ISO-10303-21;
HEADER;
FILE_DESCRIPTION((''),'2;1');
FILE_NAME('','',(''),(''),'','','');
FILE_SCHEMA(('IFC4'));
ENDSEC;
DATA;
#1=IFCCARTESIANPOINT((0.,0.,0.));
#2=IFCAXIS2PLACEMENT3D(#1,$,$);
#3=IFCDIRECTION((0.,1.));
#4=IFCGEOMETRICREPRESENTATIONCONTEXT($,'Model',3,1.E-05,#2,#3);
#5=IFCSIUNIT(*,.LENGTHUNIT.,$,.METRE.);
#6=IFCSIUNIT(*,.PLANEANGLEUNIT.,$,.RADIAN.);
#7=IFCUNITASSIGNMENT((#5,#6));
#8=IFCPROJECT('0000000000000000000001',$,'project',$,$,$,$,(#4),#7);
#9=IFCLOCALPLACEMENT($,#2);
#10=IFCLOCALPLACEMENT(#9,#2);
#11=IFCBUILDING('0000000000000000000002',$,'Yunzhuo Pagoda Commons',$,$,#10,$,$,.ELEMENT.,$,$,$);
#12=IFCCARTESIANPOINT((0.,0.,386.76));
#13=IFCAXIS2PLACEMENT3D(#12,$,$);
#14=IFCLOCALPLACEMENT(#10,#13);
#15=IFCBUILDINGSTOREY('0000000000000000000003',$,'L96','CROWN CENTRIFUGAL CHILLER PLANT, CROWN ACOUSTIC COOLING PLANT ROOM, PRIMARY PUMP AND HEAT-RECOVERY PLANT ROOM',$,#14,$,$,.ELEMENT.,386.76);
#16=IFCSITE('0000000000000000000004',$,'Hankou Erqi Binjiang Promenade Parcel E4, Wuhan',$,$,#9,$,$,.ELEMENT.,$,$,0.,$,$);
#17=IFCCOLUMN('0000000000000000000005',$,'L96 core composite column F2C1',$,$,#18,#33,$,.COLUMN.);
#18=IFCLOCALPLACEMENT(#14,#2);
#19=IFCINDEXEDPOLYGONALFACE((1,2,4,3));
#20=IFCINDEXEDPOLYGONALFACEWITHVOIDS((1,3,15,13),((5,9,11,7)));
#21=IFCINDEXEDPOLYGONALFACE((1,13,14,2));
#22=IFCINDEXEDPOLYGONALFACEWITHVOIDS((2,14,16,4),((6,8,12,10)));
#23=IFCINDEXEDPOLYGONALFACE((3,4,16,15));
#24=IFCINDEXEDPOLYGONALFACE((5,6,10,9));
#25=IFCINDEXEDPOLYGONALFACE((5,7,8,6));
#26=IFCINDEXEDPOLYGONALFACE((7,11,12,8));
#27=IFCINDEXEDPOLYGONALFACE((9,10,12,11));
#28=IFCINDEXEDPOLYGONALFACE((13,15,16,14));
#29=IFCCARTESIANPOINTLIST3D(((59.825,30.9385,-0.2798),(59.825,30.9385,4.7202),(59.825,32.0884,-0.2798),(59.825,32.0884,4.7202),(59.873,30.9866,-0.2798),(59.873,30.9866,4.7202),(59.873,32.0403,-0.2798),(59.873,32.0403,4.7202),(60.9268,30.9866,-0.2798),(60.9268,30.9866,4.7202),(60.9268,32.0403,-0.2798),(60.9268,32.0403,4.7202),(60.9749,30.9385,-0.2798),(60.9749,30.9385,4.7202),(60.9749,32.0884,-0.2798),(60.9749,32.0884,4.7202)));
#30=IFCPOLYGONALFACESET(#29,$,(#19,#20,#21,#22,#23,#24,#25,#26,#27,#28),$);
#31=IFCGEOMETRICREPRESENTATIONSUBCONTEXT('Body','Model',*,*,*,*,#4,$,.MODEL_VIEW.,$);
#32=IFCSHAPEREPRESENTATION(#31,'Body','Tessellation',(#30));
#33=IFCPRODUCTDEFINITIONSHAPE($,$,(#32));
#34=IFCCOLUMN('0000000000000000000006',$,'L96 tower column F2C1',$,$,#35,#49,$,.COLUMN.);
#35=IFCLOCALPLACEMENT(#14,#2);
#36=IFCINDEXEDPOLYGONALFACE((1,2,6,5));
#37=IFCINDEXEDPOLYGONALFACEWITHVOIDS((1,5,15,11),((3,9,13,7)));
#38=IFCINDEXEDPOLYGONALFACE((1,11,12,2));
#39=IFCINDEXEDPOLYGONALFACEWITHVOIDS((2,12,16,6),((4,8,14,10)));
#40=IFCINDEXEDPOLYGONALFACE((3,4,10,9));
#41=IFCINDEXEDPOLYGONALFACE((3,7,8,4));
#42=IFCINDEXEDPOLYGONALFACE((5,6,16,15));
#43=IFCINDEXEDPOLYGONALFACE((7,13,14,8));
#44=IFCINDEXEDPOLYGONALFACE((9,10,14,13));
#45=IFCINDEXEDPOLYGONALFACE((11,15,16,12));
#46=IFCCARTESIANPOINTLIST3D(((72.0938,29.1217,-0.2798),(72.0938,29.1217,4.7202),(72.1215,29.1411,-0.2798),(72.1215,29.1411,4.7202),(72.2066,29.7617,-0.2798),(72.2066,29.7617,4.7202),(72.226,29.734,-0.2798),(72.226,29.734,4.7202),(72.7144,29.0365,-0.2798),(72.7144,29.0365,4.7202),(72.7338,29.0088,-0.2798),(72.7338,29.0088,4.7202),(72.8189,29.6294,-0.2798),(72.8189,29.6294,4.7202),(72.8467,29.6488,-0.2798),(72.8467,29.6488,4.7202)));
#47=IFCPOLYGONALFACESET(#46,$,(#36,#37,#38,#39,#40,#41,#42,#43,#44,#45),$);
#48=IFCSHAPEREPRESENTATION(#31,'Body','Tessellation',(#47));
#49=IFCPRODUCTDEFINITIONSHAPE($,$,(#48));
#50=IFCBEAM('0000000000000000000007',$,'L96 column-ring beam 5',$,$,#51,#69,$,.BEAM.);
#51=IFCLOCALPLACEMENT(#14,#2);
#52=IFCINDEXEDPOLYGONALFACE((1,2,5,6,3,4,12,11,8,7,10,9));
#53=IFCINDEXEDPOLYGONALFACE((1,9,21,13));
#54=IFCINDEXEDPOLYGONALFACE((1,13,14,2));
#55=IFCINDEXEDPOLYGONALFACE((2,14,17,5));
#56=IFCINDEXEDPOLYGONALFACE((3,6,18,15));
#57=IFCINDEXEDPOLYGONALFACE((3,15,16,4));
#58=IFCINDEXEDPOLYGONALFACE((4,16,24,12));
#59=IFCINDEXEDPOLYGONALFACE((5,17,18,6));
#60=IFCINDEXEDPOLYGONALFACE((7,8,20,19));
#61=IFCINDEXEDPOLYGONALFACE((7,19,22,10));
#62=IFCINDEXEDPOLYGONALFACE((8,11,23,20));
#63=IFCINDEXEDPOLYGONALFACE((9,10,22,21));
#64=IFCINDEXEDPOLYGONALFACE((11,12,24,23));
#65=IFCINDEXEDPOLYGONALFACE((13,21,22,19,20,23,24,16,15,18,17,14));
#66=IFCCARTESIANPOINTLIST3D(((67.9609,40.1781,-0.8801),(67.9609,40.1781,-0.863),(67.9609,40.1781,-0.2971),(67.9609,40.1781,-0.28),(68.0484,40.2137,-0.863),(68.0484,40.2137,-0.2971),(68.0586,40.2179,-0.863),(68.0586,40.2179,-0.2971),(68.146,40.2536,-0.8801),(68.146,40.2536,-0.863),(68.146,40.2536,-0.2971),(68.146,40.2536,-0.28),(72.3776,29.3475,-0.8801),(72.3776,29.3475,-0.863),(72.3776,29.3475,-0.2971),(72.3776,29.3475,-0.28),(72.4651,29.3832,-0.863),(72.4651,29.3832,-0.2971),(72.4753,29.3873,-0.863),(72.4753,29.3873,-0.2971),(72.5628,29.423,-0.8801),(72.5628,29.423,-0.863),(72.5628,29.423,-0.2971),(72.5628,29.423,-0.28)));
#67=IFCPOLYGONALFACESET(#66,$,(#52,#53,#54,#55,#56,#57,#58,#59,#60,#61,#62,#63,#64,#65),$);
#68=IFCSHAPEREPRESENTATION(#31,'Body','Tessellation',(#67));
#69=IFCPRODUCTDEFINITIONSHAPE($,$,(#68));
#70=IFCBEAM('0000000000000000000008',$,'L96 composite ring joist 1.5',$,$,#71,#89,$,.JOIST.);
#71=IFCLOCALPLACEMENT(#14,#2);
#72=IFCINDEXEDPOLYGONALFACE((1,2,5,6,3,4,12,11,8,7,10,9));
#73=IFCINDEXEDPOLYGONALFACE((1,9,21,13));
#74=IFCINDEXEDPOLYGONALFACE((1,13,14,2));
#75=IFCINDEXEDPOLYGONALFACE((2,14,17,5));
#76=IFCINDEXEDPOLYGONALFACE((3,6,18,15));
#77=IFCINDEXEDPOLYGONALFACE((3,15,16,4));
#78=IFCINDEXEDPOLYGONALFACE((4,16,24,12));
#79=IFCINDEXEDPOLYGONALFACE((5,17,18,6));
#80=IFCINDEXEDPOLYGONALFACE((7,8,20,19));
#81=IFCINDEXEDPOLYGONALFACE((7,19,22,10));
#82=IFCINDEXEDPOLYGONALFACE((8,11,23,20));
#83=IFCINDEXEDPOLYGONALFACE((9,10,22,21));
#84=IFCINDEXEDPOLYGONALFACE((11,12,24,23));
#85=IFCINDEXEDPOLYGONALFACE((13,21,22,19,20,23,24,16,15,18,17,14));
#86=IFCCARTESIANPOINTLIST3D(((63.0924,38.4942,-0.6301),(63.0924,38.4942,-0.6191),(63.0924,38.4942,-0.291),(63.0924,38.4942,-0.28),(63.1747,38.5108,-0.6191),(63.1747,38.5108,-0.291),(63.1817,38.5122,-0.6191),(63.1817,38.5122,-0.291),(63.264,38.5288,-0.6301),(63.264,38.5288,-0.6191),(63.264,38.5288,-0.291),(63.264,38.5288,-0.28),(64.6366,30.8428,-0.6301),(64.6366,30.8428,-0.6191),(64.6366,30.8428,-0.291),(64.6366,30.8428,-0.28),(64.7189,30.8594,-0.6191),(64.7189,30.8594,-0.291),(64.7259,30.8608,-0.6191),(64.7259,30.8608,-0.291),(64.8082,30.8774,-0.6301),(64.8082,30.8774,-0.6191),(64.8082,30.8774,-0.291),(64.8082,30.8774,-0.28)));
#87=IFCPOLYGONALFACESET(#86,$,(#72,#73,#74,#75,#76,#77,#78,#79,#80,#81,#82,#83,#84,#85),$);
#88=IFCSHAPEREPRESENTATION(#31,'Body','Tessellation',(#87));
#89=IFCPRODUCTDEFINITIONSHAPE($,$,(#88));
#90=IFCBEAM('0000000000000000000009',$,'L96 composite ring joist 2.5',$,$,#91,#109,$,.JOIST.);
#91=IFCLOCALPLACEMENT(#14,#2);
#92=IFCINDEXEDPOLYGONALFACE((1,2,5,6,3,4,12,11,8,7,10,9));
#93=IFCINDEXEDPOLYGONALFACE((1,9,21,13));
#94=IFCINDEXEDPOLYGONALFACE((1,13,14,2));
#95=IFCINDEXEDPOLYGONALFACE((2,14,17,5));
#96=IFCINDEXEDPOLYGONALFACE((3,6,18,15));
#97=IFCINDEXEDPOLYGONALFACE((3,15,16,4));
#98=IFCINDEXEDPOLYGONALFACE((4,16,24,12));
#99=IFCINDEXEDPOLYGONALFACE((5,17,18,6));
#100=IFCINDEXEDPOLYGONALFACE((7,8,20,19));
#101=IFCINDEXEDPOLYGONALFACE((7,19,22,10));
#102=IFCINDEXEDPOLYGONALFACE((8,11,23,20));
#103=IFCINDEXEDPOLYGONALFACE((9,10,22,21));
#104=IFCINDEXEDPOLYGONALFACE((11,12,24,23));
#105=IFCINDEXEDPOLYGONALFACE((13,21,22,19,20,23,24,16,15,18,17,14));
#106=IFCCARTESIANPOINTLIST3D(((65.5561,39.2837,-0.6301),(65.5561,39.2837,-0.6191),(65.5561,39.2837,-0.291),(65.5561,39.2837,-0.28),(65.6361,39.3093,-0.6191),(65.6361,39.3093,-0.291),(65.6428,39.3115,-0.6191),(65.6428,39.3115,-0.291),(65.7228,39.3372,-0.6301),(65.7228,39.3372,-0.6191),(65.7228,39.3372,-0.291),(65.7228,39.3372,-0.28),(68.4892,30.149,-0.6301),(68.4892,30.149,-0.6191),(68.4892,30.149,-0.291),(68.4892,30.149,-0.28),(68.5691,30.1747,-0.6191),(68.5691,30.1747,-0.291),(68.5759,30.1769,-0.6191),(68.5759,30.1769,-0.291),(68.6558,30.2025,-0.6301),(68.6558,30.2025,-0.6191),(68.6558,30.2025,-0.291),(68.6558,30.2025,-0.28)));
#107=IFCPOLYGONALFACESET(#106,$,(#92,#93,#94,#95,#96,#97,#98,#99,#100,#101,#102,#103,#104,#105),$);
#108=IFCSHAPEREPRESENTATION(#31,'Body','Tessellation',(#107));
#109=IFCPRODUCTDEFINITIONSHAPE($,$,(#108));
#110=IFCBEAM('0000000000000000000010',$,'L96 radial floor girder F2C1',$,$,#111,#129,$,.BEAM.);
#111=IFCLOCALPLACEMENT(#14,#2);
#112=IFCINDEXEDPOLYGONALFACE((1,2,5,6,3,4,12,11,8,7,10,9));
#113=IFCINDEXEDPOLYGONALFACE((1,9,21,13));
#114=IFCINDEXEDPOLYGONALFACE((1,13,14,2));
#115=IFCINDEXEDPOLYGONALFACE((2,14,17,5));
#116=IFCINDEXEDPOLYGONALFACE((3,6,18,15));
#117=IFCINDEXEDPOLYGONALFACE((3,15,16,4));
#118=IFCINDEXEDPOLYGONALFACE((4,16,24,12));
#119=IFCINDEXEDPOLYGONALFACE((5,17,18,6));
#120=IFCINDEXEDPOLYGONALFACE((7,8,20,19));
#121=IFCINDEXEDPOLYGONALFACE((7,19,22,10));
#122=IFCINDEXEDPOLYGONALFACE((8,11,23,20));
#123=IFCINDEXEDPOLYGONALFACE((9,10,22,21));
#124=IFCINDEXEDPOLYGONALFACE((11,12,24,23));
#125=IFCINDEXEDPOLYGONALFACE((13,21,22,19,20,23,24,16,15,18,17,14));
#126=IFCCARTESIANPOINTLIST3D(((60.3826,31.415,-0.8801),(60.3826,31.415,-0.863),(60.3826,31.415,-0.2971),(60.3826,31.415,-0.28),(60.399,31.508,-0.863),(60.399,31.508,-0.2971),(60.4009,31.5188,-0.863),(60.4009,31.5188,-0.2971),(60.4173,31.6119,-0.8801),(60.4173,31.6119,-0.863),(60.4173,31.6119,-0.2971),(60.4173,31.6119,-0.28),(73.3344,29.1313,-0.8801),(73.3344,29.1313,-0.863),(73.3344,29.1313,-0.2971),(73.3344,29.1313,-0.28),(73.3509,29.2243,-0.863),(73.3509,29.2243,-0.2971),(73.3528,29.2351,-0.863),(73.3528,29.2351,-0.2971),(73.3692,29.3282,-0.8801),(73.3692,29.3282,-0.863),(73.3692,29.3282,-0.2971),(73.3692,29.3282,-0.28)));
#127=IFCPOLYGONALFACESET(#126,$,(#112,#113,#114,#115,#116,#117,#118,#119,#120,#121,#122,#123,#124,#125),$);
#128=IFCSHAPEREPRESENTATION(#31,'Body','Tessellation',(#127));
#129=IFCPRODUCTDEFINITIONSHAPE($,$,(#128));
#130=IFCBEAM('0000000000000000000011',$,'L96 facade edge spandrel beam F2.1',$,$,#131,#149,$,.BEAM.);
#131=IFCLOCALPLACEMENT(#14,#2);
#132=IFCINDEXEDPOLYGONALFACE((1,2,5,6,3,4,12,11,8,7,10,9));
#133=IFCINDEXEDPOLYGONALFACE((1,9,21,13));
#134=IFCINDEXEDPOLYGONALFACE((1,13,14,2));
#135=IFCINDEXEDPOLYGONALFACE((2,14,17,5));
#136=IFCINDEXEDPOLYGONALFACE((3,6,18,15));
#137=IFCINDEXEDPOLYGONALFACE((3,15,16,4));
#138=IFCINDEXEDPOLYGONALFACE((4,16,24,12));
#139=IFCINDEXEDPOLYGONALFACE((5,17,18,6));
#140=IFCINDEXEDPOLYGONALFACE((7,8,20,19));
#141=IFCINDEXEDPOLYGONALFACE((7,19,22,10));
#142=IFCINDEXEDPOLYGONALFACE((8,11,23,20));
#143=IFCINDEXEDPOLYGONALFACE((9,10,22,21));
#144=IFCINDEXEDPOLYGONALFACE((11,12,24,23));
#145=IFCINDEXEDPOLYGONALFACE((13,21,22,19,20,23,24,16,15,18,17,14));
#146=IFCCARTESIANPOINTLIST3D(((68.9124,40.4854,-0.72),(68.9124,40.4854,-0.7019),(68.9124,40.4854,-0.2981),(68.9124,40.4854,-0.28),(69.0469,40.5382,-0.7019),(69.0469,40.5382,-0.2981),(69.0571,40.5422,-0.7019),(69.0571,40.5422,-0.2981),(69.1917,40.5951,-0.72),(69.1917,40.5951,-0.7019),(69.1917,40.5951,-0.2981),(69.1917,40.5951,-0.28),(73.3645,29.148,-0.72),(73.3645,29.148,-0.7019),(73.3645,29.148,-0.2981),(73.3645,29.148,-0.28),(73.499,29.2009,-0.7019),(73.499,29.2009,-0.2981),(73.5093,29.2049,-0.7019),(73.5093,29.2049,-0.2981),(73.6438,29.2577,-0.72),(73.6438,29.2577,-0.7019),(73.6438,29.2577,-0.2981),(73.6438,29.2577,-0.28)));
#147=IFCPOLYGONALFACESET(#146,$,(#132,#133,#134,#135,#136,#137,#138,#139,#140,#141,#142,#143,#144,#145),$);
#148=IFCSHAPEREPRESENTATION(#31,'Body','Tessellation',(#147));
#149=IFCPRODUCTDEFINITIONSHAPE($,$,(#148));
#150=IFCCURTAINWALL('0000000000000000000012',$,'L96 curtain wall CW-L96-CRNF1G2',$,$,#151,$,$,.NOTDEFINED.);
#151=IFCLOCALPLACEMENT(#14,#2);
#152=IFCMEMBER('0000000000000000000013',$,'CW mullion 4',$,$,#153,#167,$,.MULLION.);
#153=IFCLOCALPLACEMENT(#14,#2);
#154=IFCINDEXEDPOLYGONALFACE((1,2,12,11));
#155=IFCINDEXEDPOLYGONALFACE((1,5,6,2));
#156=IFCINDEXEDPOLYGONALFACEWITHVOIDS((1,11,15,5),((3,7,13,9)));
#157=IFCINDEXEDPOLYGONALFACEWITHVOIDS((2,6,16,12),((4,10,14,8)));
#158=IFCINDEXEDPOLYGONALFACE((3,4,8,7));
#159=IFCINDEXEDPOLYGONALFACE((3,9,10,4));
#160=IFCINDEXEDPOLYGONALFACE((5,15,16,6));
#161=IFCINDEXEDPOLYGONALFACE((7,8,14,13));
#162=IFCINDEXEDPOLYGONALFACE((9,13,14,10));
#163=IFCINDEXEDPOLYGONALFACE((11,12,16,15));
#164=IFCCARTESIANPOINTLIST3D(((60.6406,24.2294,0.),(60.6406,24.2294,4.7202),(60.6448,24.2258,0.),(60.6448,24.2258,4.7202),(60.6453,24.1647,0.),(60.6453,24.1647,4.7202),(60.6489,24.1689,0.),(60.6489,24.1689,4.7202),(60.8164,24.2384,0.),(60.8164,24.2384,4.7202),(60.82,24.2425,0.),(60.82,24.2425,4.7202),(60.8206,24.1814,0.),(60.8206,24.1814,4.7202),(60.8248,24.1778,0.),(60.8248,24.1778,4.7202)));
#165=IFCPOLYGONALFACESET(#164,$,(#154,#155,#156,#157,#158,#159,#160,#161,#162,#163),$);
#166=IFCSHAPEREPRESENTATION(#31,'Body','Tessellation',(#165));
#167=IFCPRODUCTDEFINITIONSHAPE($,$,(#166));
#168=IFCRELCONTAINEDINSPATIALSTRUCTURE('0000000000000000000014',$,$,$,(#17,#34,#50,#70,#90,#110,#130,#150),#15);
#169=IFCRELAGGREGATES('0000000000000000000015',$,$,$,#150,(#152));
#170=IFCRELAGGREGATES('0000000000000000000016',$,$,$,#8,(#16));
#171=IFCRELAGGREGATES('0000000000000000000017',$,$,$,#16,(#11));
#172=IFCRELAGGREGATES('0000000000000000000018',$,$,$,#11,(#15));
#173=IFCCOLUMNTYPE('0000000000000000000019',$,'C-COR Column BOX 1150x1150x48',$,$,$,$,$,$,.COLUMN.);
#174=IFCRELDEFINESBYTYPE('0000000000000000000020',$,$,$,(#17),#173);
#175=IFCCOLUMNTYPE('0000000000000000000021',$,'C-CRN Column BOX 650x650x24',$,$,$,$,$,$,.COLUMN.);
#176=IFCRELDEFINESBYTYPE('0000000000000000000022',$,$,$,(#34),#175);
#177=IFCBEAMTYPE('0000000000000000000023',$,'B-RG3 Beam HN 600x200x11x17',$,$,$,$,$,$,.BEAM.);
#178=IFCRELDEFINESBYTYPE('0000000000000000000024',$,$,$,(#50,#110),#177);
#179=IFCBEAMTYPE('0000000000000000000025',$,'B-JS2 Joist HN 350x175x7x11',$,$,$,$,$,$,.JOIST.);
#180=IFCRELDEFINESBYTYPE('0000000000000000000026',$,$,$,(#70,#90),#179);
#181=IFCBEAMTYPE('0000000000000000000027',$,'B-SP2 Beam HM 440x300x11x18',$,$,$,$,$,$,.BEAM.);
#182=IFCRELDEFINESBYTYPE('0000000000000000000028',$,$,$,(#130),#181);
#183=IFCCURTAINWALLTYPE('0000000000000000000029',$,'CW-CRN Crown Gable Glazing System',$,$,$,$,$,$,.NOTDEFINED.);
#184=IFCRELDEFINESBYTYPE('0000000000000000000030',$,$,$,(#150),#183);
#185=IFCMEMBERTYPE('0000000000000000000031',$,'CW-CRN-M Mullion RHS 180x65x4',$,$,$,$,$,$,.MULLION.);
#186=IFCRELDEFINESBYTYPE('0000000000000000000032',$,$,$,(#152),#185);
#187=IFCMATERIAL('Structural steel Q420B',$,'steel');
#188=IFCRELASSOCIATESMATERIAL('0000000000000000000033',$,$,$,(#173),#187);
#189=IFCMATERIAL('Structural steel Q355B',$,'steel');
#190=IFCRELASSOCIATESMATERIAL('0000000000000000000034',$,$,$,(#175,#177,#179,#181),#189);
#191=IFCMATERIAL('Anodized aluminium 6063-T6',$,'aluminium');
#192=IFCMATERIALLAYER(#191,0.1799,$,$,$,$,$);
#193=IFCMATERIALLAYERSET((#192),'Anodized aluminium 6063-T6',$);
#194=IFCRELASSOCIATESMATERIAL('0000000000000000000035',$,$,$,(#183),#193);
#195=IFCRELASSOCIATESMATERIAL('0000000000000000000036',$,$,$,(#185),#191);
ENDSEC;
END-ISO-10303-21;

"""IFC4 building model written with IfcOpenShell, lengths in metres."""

from ifc_helpers import new_model, si_unit, direction, frame, origin, origin_2d, place, context, subcontext, project, spatial, hollow_rectangle, i_section, extrude, source, transform, mapped, material, layer, layer_set, material_profile, profile_set, type_object, element, aggregate, save


model = new_model("IFC4")

# Units and contexts
model_context = context("Model", 3, precision=1e-05, world=origin(), true_north=direction((0.0, 1.0)))
body_context = subcontext(model_context, "Body", "Model", "MODEL_VIEW")
ifc_project = project(units=[si_unit("LENGTHUNIT", "METRE"), si_unit("PLANEANGLEUNIT", "RADIAN")], contexts=[model_context])

# Site, building, storey
site_placement = place(None, origin())
site = spatial("IfcSite", under=ifc_project, at=site_placement, Name="Hankou Erqi Binjiang Promenade Parcel E4, Wuhan", CompositionType="ELEMENT", RefElevation=0.0)
building_placement = place(site_placement, origin())
building = spatial("IfcBuilding", under=site, at=building_placement, Name="Yunzhuo Pagoda Commons", CompositionType="ELEMENT")
storey_placement = place(building_placement, frame((0.0, 0.0, 386.76)))
storey = spatial("IfcBuildingStorey", under=building, at=storey_placement, Name="L96", Description="CROWN CENTRIFUGAL CHILLER PLANT, CROWN ACOUSTIC COOLING PLANT ROOM, PRIMARY PUMP AND HEAT-RECOVERY PLANT ROOM", CompositionType="ELEMENT", Elevation=386.76)

# Columns
ifc_material_1 = material(Name="Structural steel Q420B", Category="steel")
ifc_material_profile_1 = material_profile(ifc_material_1, hollow_rectangle(XDim=1.1499, YDim=1.1499, WallThickness=0.0481, at=origin_2d()), Name="Structural steel Q420B")
ifc_profile_set_1 = profile_set([ifc_material_profile_1], Name="Structural steel Q420B")
column_type_1 = type_object("IfcColumnType", Name="C-COR Column BOX 1150x1150x48", PredefinedType="COLUMN", material=ifc_profile_set_1)
shared_shape_1 = source(origin(), body_context, "Body", "SweptSolid", [
    extrude(hollow_rectangle(XDim=1.1499, YDim=1.1499, WallThickness=0.0481, at=origin_2d()), origin(), (0.0, 0.0, 1.0), 5.0),
])
column_1_placement = place(storey_placement, frame((60.3999, 31.5134, -0.2798), z_axis=(0.0, 0.0, 1.0), x_axis=(1.0, 0.0, 0.0)))
element("IfcColumn", 1, at=column_1_placement, inside=storey, type_object=column_type_1, Name="L96 core composite column F2C1", PredefinedType="COLUMN", context=body_context, shape_type="MappedRepresentation", body=[
    mapped(shared_shape_1, transform((0.0, 0.0, 0.0), scale=1.0)),
])
ifc_material_2 = material(Name="Structural steel Q355B", Category="steel")
ifc_material_profile_2 = material_profile(ifc_material_2, hollow_rectangle(XDim=0.6499, YDim=0.6499, WallThickness=0.0239, at=origin_2d()), Name="Structural steel Q355B")
ifc_profile_set_2 = profile_set([ifc_material_profile_2], Name="Structural steel Q355B")
column_type_2 = type_object("IfcColumnType", Name="C-CRN Column BOX 650x650x24", PredefinedType="COLUMN", material=ifc_profile_set_2)
shared_shape_2 = source(origin(), body_context, "Body", "SweptSolid", [
    extrude(hollow_rectangle(XDim=0.6499, YDim=0.6499, WallThickness=0.0239, at=origin_2d()), origin(), (0.0, 0.0, 1.0), 5.0),
])
column_2_placement = place(storey_placement, frame((72.4702, 29.3853, -0.2798), z_axis=(0.0, 0.0, 1.0), x_axis=(0.173648, 0.984808, 0.0)))
element("IfcColumn", 2, at=column_2_placement, inside=storey, type_object=column_type_2, Name="L96 tower column F2C1", PredefinedType="COLUMN", context=body_context, shape_type="MappedRepresentation", body=[
    mapped(shared_shape_2, transform((0.0, 0.0, 0.0), scale=1.0)),
])

# Beams
ifc_material_profile_3 = material_profile(ifc_material_2, i_section(OverallWidth=0.2, OverallDepth=0.6001, WebThickness=0.011, FlangeThickness=0.0171, at=origin_2d()), Name="Structural steel Q355B")
ifc_profile_set_3 = profile_set([ifc_material_profile_3], Name="Structural steel Q355B")
beam_type_1 = type_object("IfcBeamType", Name="B-RG3 Beam HN 600x200x11x17", PredefinedType="BEAM", material=ifc_profile_set_3)
shared_shape_3 = source(origin(), body_context, "Body", "SweptSolid", [
    extrude(i_section(OverallWidth=0.2, OverallDepth=0.6001, WebThickness=0.011, FlangeThickness=0.0171, at=origin_2d()), origin(), (0.0, 0.0, 1.0), 11.6965),
])
beam_1_placement = place(storey_placement, frame((72.4702, 29.3853, -0.5801), z_axis=(-0.377612, 0.925964, 0.0), x_axis=(-0.925964, -0.377612, 0.0)))
element("IfcBeam", 3, at=beam_1_placement, inside=storey, type_object=beam_type_1, Name="L96 column-ring beam 5", PredefinedType="BEAM", context=body_context, shape_type="MappedRepresentation", body=[
    mapped(shared_shape_3, transform((0.0, 0.0, 0.0), scale=1.0)),
])
ifc_material_profile_4 = material_profile(ifc_material_2, i_section(OverallWidth=0.175, OverallDepth=0.3501, WebThickness=0.0071, FlangeThickness=0.011, at=origin_2d()), Name="Structural steel Q355B")
ifc_profile_set_4 = profile_set([ifc_material_profile_4], Name="Structural steel Q355B")
beam_type_2 = type_object("IfcBeamType", Name="B-JS2 Joist HN 350x175x7x11", PredefinedType="JOIST", material=ifc_profile_set_4)
shared_shape_4 = source(origin(), body_context, "Body", "SweptSolid", [
    extrude(i_section(OverallWidth=0.175, OverallDepth=0.3501, WebThickness=0.0071, FlangeThickness=0.011, at=origin_2d()), origin(), (0.0, 0.0, 1.0), 7.8057),
])
beam_2_placement = place(storey_placement, frame((64.7224, 30.8601, -0.4551), z_axis=(-0.19783, 0.980236, 0.0), x_axis=(-0.980236, -0.19783, 0.0)))
element("IfcBeam", 4, at=beam_2_placement, inside=storey, type_object=beam_type_2, Name="L96 composite ring joist 1.5", PredefinedType="JOIST", context=body_context, shape_type="MappedRepresentation", body=[
    mapped(shared_shape_4, transform((0.0, 0.0, 0.0), scale=1.0)),
])
shared_shape_5 = source(origin(), body_context, "Body", "SweptSolid", [
    extrude(i_section(OverallWidth=0.175, OverallDepth=0.3501, WebThickness=0.0071, FlangeThickness=0.011, at=origin_2d()), origin(), (0.0, 0.0, 1.0), 9.594),
])
beam_3_placement = place(storey_placement, frame((68.5725, 30.1758, -0.4551), z_axis=(-0.305719, 0.952122, 0.0), x_axis=(-0.952122, -0.305719, 0.0)))
element("IfcBeam", 5, at=beam_3_placement, inside=storey, type_object=beam_type_2, Name="L96 composite ring joist 2.5", PredefinedType="JOIST", context=body_context, shape_type="MappedRepresentation", body=[
    mapped(shared_shape_5, transform((0.0, 0.0, 0.0), scale=1.0)),
])
shared_shape_6 = source(origin(), body_context, "Body", "SweptSolid", [
    extrude(i_section(OverallWidth=0.2, OverallDepth=0.6001, WebThickness=0.011, FlangeThickness=0.0171, at=origin_2d()), origin(), (0.0, 0.0, 1.0), 13.1516),
])
beam_4_placement = place(storey_placement, frame((73.3518, 29.2297, -0.5801), z_axis=(-0.984809, 0.173642, 0.0), x_axis=(-0.173642, -0.984809, 0.0)))
element("IfcBeam", 6, at=beam_4_placement, inside=storey, type_object=beam_type_1, Name="L96 radial floor girder F2C1", PredefinedType="BEAM", context=body_context, shape_type="MappedRepresentation", body=[
    mapped(shared_shape_6, transform((0.0, 0.0, 0.0), scale=1.0)),
])
ifc_material_profile_5 = material_profile(ifc_material_2, i_section(OverallWidth=0.3, OverallDepth=0.4399, WebThickness=0.011, FlangeThickness=0.0181, at=origin_2d()), Name="Structural steel Q355B")
ifc_profile_set_5 = profile_set([ifc_material_profile_5], Name="Structural steel Q355B")
beam_type_3 = type_object("IfcBeamType", Name="B-SP2 Beam HM 440x300x11x18", PredefinedType="BEAM", material=ifc_profile_set_5)
shared_shape_7 = source(origin(), body_context, "Body", "SweptSolid", [
    extrude(i_section(OverallWidth=0.3, OverallDepth=0.4399, WebThickness=0.011, FlangeThickness=0.0181, at=origin_2d()), origin(), (0.0, 0.0, 1.0), 12.1802),
])
beam_5_placement = place(storey_placement, frame((73.5042, 29.2029, -0.5), z_axis=(-0.365522, 0.930803, 0.0), x_axis=(-0.930803, -0.365522, 0.0)))
element("IfcBeam", 7, at=beam_5_placement, inside=storey, type_object=beam_type_3, Name="L96 facade edge spandrel beam F2.1", PredefinedType="BEAM", context=body_context, shape_type="MappedRepresentation", body=[
    mapped(shared_shape_7, transform((0.0, 0.0, 0.0), scale=1.0)),
])

# Curtain wall, member
ifc_material_3 = material(Name="Anodized aluminium 6063-T6", Category="aluminium")
ifc_layer_1 = layer(ifc_material_3, 0.1799)
ifc_layer_set_1 = layer_set([ifc_layer_1], Name="Anodized aluminium 6063-T6")
curtain_wall_type_1 = type_object("IfcCurtainWallType", Name="CW-CRN Crown Gable Glazing System", PredefinedType="NOTDEFINED", material=ifc_layer_set_1)
curtain_wall_1_placement = place(storey_placement, origin())
curtain_wall_1 = element("IfcCurtainWall", 8, at=curtain_wall_1_placement, inside=storey, type_object=curtain_wall_type_1, Name="L96 curtain wall CW-L96-CRNF1G2", PredefinedType="NOTDEFINED")
ifc_material_profile_6 = material_profile(ifc_material_3, hollow_rectangle(XDim=0.0649, YDim=0.1799, WallThickness=0.0039, at=origin_2d()), Name="Anodized aluminium 6063-T6")
ifc_profile_set_6 = profile_set([ifc_material_profile_6], Name="Anodized aluminium 6063-T6")
member_type_1 = type_object("IfcMemberType", Name="CW-CRN-M Mullion RHS 180x65x4", PredefinedType="MULLION", material=ifc_profile_set_6)
shared_shape_8 = source(origin(), body_context, "Body", "SweptSolid", [
    extrude(hollow_rectangle(XDim=0.0649, YDim=0.1799, WallThickness=0.0039, at=origin_2d()), origin(), (0.0, 0.0, 1.0), 4.7202),
])
member_1_placement = place(storey_placement, frame((60.7327, 24.2036, 0.0), z_axis=(0.0, 0.0, 1.0), x_axis=(-0.072796, 0.997347, 0.0)))
member_1 = element("IfcMember", 9, at=member_1_placement, type_object=member_type_1, Name="CW mullion 4", PredefinedType="MULLION", context=body_context, shape_type="MappedRepresentation", body=[
    mapped(shared_shape_8, transform((0.0, 0.0, 0.0), scale=1.0)),
])

aggregate(curtain_wall_1, [member_1])

save(model, "model.ifc")
